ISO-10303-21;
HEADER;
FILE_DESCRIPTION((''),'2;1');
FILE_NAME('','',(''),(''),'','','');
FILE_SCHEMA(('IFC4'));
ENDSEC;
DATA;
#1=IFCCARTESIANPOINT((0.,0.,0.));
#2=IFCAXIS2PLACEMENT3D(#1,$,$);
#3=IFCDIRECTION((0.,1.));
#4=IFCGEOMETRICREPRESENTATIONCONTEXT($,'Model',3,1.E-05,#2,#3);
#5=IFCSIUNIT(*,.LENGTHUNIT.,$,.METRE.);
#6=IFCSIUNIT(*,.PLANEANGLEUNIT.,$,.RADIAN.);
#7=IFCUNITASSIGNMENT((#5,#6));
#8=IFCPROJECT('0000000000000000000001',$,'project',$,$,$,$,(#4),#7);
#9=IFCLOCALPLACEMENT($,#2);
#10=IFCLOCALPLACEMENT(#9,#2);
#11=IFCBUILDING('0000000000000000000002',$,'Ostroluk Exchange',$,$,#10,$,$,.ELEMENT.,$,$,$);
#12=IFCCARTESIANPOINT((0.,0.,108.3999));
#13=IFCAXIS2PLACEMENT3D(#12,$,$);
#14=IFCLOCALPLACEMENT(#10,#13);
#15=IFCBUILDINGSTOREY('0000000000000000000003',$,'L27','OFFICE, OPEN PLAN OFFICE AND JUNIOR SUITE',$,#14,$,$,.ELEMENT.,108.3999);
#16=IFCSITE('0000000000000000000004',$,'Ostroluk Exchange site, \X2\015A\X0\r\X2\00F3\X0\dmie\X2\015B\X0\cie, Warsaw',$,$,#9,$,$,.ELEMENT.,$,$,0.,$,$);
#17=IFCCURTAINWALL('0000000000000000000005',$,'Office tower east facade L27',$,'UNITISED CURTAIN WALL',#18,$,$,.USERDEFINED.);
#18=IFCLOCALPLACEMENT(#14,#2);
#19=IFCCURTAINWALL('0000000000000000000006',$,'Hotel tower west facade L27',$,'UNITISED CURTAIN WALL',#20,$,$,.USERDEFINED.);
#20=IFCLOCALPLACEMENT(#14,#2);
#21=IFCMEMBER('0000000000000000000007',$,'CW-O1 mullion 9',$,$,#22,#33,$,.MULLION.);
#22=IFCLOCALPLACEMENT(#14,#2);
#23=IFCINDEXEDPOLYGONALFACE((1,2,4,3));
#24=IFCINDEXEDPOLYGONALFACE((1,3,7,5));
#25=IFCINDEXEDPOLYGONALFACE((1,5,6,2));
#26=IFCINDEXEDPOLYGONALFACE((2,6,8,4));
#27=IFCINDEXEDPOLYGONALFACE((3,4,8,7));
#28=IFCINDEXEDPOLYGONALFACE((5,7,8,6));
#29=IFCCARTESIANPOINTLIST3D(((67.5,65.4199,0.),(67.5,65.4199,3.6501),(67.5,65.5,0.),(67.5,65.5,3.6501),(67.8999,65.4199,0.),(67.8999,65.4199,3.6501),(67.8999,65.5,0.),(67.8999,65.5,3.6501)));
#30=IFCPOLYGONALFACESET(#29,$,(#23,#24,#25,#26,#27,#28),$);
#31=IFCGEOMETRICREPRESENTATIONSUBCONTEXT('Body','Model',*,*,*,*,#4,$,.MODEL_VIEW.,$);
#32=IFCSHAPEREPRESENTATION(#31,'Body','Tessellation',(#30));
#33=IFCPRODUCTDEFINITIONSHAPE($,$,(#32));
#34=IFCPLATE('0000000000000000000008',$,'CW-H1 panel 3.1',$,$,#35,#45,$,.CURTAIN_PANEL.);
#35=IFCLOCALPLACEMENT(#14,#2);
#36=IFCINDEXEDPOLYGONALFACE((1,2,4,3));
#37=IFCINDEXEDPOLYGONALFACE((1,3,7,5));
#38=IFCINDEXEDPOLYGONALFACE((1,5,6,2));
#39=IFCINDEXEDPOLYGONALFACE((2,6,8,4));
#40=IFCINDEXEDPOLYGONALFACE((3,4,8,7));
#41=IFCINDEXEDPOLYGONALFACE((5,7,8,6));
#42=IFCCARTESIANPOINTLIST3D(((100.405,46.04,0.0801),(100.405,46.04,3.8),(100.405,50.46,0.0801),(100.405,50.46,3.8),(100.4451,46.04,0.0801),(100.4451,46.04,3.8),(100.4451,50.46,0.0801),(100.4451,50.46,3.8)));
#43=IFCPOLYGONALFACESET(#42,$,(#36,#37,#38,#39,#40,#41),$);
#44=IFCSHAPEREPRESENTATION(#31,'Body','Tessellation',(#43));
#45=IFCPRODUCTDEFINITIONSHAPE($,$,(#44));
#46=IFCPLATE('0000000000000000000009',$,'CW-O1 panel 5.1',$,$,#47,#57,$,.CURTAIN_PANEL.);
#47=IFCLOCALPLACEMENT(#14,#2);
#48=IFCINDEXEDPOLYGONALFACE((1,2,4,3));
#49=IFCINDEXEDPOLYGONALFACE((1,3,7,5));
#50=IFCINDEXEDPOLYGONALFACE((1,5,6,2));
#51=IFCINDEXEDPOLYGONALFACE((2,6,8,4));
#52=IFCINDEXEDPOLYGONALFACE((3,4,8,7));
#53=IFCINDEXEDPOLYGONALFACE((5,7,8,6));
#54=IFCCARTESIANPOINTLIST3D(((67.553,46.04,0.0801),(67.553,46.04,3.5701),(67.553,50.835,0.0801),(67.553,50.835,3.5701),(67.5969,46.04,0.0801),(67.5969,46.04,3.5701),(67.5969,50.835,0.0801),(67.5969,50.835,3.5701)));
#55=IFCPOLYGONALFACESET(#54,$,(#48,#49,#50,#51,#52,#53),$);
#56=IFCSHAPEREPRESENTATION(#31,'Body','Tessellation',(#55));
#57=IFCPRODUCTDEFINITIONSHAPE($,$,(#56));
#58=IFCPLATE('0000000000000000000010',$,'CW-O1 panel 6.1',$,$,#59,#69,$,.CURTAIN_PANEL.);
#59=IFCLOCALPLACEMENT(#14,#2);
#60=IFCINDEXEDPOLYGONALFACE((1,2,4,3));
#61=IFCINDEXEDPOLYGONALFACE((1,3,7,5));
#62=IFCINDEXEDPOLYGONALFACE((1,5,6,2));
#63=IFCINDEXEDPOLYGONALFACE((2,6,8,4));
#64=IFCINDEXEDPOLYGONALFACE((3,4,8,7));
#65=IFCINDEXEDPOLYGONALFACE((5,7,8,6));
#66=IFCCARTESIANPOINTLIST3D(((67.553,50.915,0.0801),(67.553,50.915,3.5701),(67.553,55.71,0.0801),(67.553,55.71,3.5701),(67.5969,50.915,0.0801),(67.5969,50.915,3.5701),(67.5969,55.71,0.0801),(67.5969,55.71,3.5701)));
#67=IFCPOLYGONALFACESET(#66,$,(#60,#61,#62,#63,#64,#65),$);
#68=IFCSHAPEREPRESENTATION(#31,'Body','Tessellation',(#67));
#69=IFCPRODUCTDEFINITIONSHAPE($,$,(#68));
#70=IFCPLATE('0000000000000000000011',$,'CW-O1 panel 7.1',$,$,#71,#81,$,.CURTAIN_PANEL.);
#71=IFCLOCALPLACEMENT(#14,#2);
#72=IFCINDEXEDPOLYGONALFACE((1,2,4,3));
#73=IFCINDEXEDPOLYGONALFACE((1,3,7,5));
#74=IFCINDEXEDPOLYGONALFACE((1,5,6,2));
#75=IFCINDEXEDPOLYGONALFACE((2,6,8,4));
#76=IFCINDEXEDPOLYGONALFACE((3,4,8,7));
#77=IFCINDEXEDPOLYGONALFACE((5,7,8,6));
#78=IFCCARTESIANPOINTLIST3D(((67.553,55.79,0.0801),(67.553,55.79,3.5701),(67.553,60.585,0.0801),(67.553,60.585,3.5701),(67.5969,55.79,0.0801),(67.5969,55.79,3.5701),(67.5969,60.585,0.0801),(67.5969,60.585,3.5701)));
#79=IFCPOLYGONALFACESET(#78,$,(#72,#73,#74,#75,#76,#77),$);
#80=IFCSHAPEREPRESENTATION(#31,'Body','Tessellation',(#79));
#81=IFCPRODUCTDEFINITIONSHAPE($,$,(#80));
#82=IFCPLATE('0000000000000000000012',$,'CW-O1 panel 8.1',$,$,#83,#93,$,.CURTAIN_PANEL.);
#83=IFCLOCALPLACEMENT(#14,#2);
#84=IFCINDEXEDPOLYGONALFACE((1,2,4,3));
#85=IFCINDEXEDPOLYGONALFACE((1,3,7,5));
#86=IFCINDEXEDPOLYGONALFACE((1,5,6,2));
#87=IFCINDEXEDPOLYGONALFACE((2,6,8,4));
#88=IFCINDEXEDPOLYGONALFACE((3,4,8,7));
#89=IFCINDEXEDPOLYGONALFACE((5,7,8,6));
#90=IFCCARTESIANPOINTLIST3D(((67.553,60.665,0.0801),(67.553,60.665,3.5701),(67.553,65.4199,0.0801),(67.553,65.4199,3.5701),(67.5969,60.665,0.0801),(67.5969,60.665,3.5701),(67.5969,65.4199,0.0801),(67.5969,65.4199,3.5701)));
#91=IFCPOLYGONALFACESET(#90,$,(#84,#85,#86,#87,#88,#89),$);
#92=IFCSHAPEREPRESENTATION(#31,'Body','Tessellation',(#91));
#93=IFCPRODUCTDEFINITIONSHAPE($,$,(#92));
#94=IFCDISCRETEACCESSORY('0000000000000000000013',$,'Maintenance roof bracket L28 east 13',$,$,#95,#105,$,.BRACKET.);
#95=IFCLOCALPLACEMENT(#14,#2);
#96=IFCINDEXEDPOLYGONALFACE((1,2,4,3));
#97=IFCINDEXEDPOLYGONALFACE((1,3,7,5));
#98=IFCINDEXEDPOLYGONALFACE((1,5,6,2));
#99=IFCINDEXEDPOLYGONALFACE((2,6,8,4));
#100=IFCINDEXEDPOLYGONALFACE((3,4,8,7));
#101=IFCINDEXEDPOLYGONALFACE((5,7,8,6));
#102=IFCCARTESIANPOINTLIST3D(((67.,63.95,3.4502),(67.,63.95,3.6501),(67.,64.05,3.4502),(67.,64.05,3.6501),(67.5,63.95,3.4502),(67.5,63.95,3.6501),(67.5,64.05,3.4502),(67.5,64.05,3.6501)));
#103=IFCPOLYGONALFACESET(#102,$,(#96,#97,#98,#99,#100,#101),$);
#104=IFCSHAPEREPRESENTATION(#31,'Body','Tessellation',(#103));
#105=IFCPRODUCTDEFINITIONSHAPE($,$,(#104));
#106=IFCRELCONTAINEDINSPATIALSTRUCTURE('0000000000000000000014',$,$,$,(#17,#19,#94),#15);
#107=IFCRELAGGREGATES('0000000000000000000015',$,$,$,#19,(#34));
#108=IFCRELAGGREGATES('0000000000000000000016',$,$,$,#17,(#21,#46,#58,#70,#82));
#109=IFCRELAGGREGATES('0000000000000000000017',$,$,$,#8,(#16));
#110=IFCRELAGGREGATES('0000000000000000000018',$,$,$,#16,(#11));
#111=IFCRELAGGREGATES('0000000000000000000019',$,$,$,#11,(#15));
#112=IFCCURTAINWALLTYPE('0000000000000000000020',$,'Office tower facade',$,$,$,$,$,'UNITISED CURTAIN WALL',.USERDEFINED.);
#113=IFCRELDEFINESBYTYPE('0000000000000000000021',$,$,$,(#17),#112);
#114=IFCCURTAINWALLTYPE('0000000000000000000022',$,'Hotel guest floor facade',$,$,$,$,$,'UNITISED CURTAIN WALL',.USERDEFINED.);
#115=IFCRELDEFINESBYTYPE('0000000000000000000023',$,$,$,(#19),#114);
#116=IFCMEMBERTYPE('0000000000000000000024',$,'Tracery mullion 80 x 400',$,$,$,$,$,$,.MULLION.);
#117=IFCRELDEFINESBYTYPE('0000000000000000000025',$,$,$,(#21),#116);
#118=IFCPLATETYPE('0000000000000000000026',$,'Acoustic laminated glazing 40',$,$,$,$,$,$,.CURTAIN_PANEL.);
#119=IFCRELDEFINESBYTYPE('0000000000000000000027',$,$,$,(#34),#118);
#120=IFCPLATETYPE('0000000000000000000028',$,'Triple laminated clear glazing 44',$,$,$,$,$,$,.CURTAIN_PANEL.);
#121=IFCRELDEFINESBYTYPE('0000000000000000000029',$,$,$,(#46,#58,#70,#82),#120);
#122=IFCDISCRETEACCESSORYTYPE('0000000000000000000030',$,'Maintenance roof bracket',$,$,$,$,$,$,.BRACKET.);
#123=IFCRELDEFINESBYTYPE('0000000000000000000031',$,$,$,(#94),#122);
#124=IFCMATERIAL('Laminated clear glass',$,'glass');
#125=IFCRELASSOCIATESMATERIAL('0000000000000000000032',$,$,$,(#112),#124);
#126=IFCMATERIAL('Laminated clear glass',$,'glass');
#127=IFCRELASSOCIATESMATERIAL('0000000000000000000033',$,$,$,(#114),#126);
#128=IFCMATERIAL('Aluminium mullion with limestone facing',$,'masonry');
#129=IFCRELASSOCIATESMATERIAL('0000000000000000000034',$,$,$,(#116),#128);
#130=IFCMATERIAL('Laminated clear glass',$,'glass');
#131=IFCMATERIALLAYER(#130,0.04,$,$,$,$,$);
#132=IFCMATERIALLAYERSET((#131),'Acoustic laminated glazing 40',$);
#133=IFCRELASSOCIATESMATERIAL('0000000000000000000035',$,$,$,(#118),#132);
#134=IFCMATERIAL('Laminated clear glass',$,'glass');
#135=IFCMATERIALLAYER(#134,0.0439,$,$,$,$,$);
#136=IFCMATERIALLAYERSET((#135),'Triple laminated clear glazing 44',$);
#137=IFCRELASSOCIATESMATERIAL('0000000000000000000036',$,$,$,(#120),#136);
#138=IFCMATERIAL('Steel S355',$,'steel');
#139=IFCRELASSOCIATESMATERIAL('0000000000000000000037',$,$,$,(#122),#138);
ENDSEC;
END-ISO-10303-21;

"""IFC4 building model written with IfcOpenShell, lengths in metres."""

from ifc_helpers import new_model, si_unit, direction, frame, origin, origin_2d, place, context, subcontext, project, spatial, rectangle, extrude, material, layer, layer_set, material_profile, profile_set, type_object, element, aggregate, save


model = new_model("IFC4")

# Units and contexts
model_context = context("Model", 3, precision=1e-05, world=origin(), true_north=direction((0.0, 1.0)))
body_context = subcontext(model_context, "Body", "Model", "MODEL_VIEW")
ifc_project = project(units=[si_unit("LENGTHUNIT", "METRE"), si_unit("PLANEANGLEUNIT", "RADIAN")], contexts=[model_context])

# Site, building, storey
site_placement = place(None, origin())
site = spatial("IfcSite", under=ifc_project, at=site_placement, Name="Ostroluk Exchange site, Śródmieście, Warsaw", CompositionType="ELEMENT", RefElevation=0.0)
building_placement = place(site_placement, origin())
building = spatial("IfcBuilding", under=site, at=building_placement, Name="Ostroluk Exchange", CompositionType="ELEMENT")
storey_placement = place(building_placement, frame((0.0, 0.0, 108.3999)))
storey = spatial("IfcBuildingStorey", under=building, at=storey_placement, Name="L27", Description="OFFICE, OPEN PLAN OFFICE AND JUNIOR SUITE", CompositionType="ELEMENT", Elevation=108.3999)

# Curtain walls
ifc_material_1 = material(Name="Laminated clear glass", Category="glass")
curtain_wall_type_1 = type_object("IfcCurtainWallType", Name="Office tower facade", ElementType="UNITISED CURTAIN WALL", PredefinedType="USERDEFINED", material=ifc_material_1)
curtain_wall_1_placement = place(storey_placement, origin())
curtain_wall_1 = element("IfcCurtainWall", 1, at=curtain_wall_1_placement, inside=storey, type_object=curtain_wall_type_1, Name="Office tower east facade L27", ObjectType="UNITISED CURTAIN WALL", PredefinedType="USERDEFINED")
ifc_material_2 = material(Name="Laminated clear glass", Category="glass")
curtain_wall_type_2 = type_object("IfcCurtainWallType", Name="Hotel guest floor facade", ElementType="UNITISED CURTAIN WALL", PredefinedType="USERDEFINED", material=ifc_material_2)
curtain_wall_2_placement = place(storey_placement, origin())
curtain_wall_2 = element("IfcCurtainWall", 2, at=curtain_wall_2_placement, inside=storey, type_object=curtain_wall_type_2, Name="Hotel tower west facade L27", ObjectType="UNITISED CURTAIN WALL", PredefinedType="USERDEFINED")

# Member
ifc_material_3 = material(Name="Aluminium mullion with limestone facing", Category="masonry")
ifc_material_profile_1 = material_profile(ifc_material_3, rectangle(XDim=0.3999, YDim=0.0801, at=origin_2d()), Name="Tracery mullion 80 x 400")
ifc_profile_set_1 = profile_set([ifc_material_profile_1], Name="Aluminium mullion with limestone facing")
member_type_1 = type_object("IfcMemberType", Name="Tracery mullion 80 x 400", PredefinedType="MULLION", material=ifc_profile_set_1)
member_1_placement = place(storey_placement, frame((67.7, 65.46, 0.0), z_axis=(0.0, 0.0, 1.0), x_axis=(-1.0, 0.0, 0.0)))
member_1 = element("IfcMember", 3, at=member_1_placement, type_object=member_type_1, Name="CW-O1 mullion 9", PredefinedType="MULLION", context=body_context, shape_type="SweptSolid", body=[
    extrude(rectangle(XDim=0.3999, YDim=0.0801, at=origin_2d()), origin(), (0.0, 0.0, 1.0), 3.6501),
])

# Plates
ifc_material_4 = material(Name="Laminated clear glass", Category="glass")
ifc_layer_1 = layer(ifc_material_4, 0.04)
ifc_layer_set_1 = layer_set([ifc_layer_1], Name="Acoustic laminated glazing 40")
plate_type_1 = type_object("IfcPlateType", Name="Acoustic laminated glazing 40", PredefinedType="CURTAIN_PANEL", material=ifc_layer_set_1)
plate_1_placement = place(storey_placement, frame((100.425, 48.25, 0.0801), z_axis=(0.0, 0.0, 1.0), x_axis=(0.0, -1.0, 0.0)))
plate_1 = element("IfcPlate", 4, at=plate_1_placement, type_object=plate_type_1, Name="CW-H1 panel 3.1", PredefinedType="CURTAIN_PANEL", context=body_context, shape_type="SweptSolid", body=[
    extrude(rectangle(XDim=4.4199, YDim=0.04, at=origin_2d()), origin(), (0.0, 0.0, 1.0), 3.72),
])
aggregate(curtain_wall_2, [plate_1])
ifc_material_5 = material(Name="Laminated clear glass", Category="glass")
ifc_layer_2 = layer(ifc_material_5, 0.0439)
ifc_layer_set_2 = layer_set([ifc_layer_2], Name="Triple laminated clear glazing 44")
plate_type_2 = type_object("IfcPlateType", Name="Triple laminated clear glazing 44", PredefinedType="CURTAIN_PANEL", material=ifc_layer_set_2)
plate_2_placement = place(storey_placement, frame((67.575, 48.4375, 0.0801), z_axis=(0.0, 0.0, 1.0), x_axis=(0.0, 1.0, 0.0)))
plate_2 = element("IfcPlate", 5, at=plate_2_placement, type_object=plate_type_2, Name="CW-O1 panel 5.1", PredefinedType="CURTAIN_PANEL", context=body_context, shape_type="SweptSolid", body=[
    extrude(rectangle(XDim=4.7949, YDim=0.0439, at=origin_2d()), origin(), (0.0, 0.0, 1.0), 3.49),
])
plate_3_placement = place(storey_placement, frame((67.575, 53.3125, 0.0801), z_axis=(0.0, 0.0, 1.0), x_axis=(0.0, 1.0, 0.0)))
plate_3 = element("IfcPlate", 6, at=plate_3_placement, type_object=plate_type_2, Name="CW-O1 panel 6.1", PredefinedType="CURTAIN_PANEL", context=body_context, shape_type="SweptSolid", body=[
    extrude(rectangle(XDim=4.7949, YDim=0.0439, at=origin_2d()), origin(), (0.0, 0.0, 1.0), 3.49),
])
plate_4_placement = place(storey_placement, frame((67.575, 58.1875, 0.0801), z_axis=(0.0, 0.0, 1.0), x_axis=(0.0, 1.0, 0.0)))
plate_4 = element("IfcPlate", 7, at=plate_4_placement, type_object=plate_type_2, Name="CW-O1 panel 7.1", PredefinedType="CURTAIN_PANEL", context=body_context, shape_type="SweptSolid", body=[
    extrude(rectangle(XDim=4.7949, YDim=0.0439, at=origin_2d()), origin(), (0.0, 0.0, 1.0), 3.49),
])
plate_5_placement = place(storey_placement, frame((67.575, 63.0425, 0.0801), z_axis=(0.0, 0.0, 1.0), x_axis=(0.0, 1.0, 0.0)))
plate_5 = element("IfcPlate", 8, at=plate_5_placement, type_object=plate_type_2, Name="CW-O1 panel 8.1", PredefinedType="CURTAIN_PANEL", context=body_context, shape_type="SweptSolid", body=[
    extrude(rectangle(XDim=4.7549, YDim=0.0439, at=origin_2d()), origin(), (0.0, 0.0, 1.0), 3.49),
])
aggregate(curtain_wall_1, [member_1, plate_2, plate_3, plate_4, plate_5])

# Discrete accessory
ifc_material_6 = material(Name="Steel S355", Category="steel")
discrete_accessory_type = type_object("IfcDiscreteAccessoryType", Name="Maintenance roof bracket", PredefinedType="BRACKET", material=ifc_material_6)
discrete_accessory_placement = place(storey_placement, frame((67.25, 64.0, 3.4502), z_axis=(0.0, 0.0, 1.0), x_axis=(1.0, 0.0, 0.0)))
element("IfcDiscreteAccessory", 9, at=discrete_accessory_placement, inside=storey, type_object=discrete_accessory_type, Name="Maintenance roof bracket L28 east 13", PredefinedType="BRACKET", context=body_context, shape_type="SweptSolid", body=[
    extrude(rectangle(XDim=0.5, YDim=0.1001, at=origin_2d()), origin(), (0.0, 0.0, 1.0), 0.2),
])

save(model, "model.ifc")
